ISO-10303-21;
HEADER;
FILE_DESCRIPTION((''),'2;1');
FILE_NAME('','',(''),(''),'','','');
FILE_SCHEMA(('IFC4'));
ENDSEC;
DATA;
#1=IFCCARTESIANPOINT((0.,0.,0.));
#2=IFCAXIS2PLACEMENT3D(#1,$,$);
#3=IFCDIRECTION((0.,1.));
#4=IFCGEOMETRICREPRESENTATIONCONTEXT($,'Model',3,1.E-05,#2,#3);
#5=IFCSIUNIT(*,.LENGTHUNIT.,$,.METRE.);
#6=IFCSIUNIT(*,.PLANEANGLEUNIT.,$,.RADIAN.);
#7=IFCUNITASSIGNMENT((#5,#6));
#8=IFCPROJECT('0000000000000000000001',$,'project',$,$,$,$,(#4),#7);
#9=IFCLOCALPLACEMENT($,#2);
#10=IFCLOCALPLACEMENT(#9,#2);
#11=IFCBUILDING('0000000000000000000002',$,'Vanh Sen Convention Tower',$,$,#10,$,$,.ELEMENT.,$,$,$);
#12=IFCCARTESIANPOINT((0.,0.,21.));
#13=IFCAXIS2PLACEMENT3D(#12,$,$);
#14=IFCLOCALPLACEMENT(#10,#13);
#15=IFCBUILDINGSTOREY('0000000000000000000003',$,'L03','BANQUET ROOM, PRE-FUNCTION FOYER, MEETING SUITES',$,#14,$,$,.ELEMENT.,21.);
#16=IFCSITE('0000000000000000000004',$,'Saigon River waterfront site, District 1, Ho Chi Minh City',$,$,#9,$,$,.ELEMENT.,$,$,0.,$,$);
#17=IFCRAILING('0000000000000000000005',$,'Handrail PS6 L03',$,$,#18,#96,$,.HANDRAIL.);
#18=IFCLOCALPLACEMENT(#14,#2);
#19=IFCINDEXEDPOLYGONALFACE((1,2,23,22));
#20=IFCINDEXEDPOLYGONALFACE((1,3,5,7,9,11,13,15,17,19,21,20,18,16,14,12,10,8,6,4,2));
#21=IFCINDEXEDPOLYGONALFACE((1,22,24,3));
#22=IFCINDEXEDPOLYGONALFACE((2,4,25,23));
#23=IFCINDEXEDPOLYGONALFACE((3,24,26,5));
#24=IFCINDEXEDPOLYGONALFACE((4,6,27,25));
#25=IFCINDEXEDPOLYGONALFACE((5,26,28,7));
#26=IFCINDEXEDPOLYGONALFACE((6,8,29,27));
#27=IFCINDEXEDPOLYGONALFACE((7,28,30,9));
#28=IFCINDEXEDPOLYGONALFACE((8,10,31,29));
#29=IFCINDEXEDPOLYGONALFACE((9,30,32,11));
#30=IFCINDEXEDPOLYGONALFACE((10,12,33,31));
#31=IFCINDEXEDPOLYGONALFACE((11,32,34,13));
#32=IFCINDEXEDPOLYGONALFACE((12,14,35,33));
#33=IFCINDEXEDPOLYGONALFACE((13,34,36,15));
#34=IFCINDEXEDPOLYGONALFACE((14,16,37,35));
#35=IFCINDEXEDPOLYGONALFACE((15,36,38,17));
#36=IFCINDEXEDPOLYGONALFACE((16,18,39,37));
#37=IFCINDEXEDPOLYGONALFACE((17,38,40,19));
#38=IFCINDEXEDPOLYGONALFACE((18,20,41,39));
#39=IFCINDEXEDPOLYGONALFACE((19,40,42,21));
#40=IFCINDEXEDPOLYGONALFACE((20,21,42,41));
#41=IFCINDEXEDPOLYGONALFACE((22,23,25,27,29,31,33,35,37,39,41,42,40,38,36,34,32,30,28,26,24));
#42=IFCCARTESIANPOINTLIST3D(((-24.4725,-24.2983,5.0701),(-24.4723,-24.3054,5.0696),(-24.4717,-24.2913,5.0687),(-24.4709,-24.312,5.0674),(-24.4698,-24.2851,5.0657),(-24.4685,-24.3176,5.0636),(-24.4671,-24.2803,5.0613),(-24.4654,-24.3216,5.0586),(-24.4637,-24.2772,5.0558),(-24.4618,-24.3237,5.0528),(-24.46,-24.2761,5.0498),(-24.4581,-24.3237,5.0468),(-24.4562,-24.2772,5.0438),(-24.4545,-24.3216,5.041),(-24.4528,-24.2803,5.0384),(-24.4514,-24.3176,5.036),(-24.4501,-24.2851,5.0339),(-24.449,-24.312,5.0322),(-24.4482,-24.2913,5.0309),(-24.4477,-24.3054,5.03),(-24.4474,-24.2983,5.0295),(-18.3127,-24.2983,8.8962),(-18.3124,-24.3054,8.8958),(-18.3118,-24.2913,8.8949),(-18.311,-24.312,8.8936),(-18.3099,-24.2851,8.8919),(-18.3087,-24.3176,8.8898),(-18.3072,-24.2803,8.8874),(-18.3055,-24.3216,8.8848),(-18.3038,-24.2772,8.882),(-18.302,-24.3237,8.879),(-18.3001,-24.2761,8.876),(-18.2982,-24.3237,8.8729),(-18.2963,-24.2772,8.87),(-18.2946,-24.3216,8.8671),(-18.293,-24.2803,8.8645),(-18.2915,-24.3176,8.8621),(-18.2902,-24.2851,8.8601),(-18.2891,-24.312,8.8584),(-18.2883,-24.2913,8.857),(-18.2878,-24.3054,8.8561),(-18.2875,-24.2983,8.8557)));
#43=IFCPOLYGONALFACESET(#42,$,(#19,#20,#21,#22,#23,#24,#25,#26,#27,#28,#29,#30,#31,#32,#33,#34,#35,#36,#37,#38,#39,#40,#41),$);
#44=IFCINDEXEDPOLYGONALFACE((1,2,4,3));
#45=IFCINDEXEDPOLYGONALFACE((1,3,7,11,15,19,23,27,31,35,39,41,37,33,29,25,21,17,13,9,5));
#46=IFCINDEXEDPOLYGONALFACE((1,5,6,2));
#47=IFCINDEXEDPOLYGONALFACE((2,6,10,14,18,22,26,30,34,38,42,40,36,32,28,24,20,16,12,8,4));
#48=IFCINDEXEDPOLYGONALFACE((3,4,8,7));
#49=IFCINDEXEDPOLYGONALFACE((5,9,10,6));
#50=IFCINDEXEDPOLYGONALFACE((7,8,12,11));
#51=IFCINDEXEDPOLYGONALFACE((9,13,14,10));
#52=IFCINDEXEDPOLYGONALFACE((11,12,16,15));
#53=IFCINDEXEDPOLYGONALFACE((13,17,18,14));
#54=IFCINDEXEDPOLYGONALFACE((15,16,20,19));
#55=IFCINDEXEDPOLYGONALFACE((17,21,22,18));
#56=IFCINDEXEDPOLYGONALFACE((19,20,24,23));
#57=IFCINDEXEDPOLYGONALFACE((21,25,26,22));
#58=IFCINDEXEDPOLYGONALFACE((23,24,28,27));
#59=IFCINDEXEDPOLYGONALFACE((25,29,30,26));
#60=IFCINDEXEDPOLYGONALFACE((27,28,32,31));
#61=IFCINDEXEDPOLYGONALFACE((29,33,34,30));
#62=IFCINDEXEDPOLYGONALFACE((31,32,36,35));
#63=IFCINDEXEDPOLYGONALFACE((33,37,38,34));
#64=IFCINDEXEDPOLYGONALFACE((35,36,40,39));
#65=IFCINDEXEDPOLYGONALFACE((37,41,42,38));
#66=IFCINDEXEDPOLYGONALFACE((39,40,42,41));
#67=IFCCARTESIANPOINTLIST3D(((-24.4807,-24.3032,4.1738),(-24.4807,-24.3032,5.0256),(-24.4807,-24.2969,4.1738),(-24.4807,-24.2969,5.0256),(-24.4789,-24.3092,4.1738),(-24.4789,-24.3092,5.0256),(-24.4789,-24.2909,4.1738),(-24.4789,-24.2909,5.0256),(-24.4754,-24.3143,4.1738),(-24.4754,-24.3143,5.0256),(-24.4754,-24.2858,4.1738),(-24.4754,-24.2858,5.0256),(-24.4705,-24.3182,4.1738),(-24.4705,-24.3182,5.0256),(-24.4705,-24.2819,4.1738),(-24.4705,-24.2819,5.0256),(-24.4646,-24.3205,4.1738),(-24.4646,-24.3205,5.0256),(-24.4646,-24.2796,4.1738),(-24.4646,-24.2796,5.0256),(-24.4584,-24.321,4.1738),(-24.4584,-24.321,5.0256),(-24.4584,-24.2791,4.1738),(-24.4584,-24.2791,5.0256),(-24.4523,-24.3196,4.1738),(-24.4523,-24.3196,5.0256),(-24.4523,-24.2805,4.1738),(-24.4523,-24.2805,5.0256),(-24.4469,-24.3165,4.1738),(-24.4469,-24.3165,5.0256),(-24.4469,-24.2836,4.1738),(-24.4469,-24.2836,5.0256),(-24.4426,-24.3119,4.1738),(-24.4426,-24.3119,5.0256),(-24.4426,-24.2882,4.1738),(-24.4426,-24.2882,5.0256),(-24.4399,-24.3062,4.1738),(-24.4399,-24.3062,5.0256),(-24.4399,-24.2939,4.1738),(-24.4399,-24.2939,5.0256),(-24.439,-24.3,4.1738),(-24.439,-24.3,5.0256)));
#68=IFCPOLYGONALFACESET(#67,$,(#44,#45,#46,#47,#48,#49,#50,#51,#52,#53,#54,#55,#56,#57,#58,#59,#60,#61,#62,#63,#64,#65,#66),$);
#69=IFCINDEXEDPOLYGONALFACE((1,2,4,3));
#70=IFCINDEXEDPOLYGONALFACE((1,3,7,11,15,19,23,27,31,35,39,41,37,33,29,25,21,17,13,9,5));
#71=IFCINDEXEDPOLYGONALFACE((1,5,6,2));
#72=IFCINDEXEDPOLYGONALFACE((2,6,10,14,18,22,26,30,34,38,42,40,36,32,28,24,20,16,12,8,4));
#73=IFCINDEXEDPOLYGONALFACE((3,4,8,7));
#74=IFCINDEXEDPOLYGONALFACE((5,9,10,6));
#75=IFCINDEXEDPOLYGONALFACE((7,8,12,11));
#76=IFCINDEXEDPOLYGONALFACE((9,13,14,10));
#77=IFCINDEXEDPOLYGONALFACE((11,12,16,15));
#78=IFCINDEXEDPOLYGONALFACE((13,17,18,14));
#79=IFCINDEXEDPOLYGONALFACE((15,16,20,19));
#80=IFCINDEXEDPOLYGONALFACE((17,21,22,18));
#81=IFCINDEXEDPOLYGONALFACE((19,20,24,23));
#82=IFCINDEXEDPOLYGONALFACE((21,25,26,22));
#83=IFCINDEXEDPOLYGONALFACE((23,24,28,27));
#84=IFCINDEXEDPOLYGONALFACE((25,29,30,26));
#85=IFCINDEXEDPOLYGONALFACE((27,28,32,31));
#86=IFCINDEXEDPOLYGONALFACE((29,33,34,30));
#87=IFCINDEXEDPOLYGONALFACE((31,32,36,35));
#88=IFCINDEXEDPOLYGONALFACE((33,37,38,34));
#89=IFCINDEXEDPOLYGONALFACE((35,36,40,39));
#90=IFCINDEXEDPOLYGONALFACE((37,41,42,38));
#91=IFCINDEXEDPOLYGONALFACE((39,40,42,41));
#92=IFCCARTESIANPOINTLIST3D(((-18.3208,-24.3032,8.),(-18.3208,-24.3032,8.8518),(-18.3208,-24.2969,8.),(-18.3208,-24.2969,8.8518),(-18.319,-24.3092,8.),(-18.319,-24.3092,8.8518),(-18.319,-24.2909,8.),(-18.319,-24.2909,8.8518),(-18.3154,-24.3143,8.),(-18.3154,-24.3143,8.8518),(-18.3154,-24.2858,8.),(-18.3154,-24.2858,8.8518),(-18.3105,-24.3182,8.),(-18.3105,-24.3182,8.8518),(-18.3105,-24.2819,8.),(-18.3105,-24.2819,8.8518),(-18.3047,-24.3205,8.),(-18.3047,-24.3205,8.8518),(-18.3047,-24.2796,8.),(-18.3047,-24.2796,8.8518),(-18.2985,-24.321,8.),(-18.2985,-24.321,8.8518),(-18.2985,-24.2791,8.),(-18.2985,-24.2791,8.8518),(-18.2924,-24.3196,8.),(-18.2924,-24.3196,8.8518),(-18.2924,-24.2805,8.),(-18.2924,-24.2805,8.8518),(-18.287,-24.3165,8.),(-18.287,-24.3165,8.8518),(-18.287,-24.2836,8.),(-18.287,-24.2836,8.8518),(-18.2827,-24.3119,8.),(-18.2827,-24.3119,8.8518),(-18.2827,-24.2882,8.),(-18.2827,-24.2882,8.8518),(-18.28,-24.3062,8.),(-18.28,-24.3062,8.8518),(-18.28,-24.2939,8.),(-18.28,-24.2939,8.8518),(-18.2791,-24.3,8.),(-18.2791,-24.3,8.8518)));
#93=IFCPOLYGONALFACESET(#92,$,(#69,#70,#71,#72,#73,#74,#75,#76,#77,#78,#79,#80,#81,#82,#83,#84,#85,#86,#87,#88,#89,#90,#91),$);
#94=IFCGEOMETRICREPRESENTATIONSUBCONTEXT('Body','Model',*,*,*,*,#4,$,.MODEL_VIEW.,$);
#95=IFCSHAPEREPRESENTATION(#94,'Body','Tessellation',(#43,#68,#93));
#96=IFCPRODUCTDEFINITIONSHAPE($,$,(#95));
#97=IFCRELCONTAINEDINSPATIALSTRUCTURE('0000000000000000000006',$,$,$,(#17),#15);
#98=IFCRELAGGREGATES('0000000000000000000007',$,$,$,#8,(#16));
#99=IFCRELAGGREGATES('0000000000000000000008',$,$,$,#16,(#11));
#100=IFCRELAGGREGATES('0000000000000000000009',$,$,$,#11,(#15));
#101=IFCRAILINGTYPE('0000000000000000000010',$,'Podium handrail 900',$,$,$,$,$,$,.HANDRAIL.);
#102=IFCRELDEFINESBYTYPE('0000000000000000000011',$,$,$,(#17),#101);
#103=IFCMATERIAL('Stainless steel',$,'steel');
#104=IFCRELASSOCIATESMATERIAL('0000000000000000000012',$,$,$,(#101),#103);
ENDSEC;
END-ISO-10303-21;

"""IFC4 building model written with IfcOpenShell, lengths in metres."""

from ifc_helpers import new_model, si_unit, direction, frame, origin, origin_2d, place, context, subcontext, project, spatial, circle, extrude, material, type_object, element, save


model = new_model("IFC4")

# Units and contexts
model_context = context("Model", 3, precision=1e-05, world=origin(), true_north=direction((0.0, 1.0)))
body_context = subcontext(model_context, "Body", "Model", "MODEL_VIEW")
ifc_project = project(units=[si_unit("LENGTHUNIT", "METRE"), si_unit("PLANEANGLEUNIT", "RADIAN")], contexts=[model_context])

# Site, building, storey
site_placement = place(None, origin())
site = spatial("IfcSite", under=ifc_project, at=site_placement, Name="Saigon River waterfront site, District 1, Ho Chi Minh City", CompositionType="ELEMENT", RefElevation=0.0)
building_placement = place(site_placement, origin())
building = spatial("IfcBuilding", under=site, at=building_placement, Name="Vanh Sen Convention Tower", CompositionType="ELEMENT")
storey_placement = place(building_placement, frame((0.0, 0.0, 21.0)))
storey = spatial("IfcBuildingStorey", under=building, at=storey_placement, Name="L03", Description="BANQUET ROOM, PRE-FUNCTION FOYER, MEETING SUITES", CompositionType="ELEMENT", Elevation=21.0)

# Railing
ifc_material_1 = material(Name="Stainless steel", Category="steel")
railing_type = type_object("IfcRailingType", Name="Podium handrail 900", PredefinedType="HANDRAIL", material=ifc_material_1)
for number, where, name in (
    (1, (-24.46, -24.3, 4.1738), "Handrail PS6 L03"),
):
    element("IfcRailing", number, at=place(storey_placement, frame(where)), inside=storey, type_object=railing_type, Name=name, PredefinedType="HANDRAIL", context=body_context, shape_type="SweptSolid", body=[
        extrude(circle(Radius=0.0239, at=origin_2d()), frame((0.0, 0.0, 0.876), z_axis=(0.849468, 0.0, 0.527639), x_axis=(0.0, 1.0, 0.0)), (0.0, 0.0, 1.0), 7.2515),
        extrude(circle(Radius=0.021, at=origin_2d()), origin(), (0.0, 0.0, 1.0), 0.8518),
        extrude(circle(Radius=0.021, at=origin_2d()), frame((6.1599, 0.0, 3.8262)), (0.0, 0.0, 1.0), 0.8518),
    ])

save(model, "model.ifc")
